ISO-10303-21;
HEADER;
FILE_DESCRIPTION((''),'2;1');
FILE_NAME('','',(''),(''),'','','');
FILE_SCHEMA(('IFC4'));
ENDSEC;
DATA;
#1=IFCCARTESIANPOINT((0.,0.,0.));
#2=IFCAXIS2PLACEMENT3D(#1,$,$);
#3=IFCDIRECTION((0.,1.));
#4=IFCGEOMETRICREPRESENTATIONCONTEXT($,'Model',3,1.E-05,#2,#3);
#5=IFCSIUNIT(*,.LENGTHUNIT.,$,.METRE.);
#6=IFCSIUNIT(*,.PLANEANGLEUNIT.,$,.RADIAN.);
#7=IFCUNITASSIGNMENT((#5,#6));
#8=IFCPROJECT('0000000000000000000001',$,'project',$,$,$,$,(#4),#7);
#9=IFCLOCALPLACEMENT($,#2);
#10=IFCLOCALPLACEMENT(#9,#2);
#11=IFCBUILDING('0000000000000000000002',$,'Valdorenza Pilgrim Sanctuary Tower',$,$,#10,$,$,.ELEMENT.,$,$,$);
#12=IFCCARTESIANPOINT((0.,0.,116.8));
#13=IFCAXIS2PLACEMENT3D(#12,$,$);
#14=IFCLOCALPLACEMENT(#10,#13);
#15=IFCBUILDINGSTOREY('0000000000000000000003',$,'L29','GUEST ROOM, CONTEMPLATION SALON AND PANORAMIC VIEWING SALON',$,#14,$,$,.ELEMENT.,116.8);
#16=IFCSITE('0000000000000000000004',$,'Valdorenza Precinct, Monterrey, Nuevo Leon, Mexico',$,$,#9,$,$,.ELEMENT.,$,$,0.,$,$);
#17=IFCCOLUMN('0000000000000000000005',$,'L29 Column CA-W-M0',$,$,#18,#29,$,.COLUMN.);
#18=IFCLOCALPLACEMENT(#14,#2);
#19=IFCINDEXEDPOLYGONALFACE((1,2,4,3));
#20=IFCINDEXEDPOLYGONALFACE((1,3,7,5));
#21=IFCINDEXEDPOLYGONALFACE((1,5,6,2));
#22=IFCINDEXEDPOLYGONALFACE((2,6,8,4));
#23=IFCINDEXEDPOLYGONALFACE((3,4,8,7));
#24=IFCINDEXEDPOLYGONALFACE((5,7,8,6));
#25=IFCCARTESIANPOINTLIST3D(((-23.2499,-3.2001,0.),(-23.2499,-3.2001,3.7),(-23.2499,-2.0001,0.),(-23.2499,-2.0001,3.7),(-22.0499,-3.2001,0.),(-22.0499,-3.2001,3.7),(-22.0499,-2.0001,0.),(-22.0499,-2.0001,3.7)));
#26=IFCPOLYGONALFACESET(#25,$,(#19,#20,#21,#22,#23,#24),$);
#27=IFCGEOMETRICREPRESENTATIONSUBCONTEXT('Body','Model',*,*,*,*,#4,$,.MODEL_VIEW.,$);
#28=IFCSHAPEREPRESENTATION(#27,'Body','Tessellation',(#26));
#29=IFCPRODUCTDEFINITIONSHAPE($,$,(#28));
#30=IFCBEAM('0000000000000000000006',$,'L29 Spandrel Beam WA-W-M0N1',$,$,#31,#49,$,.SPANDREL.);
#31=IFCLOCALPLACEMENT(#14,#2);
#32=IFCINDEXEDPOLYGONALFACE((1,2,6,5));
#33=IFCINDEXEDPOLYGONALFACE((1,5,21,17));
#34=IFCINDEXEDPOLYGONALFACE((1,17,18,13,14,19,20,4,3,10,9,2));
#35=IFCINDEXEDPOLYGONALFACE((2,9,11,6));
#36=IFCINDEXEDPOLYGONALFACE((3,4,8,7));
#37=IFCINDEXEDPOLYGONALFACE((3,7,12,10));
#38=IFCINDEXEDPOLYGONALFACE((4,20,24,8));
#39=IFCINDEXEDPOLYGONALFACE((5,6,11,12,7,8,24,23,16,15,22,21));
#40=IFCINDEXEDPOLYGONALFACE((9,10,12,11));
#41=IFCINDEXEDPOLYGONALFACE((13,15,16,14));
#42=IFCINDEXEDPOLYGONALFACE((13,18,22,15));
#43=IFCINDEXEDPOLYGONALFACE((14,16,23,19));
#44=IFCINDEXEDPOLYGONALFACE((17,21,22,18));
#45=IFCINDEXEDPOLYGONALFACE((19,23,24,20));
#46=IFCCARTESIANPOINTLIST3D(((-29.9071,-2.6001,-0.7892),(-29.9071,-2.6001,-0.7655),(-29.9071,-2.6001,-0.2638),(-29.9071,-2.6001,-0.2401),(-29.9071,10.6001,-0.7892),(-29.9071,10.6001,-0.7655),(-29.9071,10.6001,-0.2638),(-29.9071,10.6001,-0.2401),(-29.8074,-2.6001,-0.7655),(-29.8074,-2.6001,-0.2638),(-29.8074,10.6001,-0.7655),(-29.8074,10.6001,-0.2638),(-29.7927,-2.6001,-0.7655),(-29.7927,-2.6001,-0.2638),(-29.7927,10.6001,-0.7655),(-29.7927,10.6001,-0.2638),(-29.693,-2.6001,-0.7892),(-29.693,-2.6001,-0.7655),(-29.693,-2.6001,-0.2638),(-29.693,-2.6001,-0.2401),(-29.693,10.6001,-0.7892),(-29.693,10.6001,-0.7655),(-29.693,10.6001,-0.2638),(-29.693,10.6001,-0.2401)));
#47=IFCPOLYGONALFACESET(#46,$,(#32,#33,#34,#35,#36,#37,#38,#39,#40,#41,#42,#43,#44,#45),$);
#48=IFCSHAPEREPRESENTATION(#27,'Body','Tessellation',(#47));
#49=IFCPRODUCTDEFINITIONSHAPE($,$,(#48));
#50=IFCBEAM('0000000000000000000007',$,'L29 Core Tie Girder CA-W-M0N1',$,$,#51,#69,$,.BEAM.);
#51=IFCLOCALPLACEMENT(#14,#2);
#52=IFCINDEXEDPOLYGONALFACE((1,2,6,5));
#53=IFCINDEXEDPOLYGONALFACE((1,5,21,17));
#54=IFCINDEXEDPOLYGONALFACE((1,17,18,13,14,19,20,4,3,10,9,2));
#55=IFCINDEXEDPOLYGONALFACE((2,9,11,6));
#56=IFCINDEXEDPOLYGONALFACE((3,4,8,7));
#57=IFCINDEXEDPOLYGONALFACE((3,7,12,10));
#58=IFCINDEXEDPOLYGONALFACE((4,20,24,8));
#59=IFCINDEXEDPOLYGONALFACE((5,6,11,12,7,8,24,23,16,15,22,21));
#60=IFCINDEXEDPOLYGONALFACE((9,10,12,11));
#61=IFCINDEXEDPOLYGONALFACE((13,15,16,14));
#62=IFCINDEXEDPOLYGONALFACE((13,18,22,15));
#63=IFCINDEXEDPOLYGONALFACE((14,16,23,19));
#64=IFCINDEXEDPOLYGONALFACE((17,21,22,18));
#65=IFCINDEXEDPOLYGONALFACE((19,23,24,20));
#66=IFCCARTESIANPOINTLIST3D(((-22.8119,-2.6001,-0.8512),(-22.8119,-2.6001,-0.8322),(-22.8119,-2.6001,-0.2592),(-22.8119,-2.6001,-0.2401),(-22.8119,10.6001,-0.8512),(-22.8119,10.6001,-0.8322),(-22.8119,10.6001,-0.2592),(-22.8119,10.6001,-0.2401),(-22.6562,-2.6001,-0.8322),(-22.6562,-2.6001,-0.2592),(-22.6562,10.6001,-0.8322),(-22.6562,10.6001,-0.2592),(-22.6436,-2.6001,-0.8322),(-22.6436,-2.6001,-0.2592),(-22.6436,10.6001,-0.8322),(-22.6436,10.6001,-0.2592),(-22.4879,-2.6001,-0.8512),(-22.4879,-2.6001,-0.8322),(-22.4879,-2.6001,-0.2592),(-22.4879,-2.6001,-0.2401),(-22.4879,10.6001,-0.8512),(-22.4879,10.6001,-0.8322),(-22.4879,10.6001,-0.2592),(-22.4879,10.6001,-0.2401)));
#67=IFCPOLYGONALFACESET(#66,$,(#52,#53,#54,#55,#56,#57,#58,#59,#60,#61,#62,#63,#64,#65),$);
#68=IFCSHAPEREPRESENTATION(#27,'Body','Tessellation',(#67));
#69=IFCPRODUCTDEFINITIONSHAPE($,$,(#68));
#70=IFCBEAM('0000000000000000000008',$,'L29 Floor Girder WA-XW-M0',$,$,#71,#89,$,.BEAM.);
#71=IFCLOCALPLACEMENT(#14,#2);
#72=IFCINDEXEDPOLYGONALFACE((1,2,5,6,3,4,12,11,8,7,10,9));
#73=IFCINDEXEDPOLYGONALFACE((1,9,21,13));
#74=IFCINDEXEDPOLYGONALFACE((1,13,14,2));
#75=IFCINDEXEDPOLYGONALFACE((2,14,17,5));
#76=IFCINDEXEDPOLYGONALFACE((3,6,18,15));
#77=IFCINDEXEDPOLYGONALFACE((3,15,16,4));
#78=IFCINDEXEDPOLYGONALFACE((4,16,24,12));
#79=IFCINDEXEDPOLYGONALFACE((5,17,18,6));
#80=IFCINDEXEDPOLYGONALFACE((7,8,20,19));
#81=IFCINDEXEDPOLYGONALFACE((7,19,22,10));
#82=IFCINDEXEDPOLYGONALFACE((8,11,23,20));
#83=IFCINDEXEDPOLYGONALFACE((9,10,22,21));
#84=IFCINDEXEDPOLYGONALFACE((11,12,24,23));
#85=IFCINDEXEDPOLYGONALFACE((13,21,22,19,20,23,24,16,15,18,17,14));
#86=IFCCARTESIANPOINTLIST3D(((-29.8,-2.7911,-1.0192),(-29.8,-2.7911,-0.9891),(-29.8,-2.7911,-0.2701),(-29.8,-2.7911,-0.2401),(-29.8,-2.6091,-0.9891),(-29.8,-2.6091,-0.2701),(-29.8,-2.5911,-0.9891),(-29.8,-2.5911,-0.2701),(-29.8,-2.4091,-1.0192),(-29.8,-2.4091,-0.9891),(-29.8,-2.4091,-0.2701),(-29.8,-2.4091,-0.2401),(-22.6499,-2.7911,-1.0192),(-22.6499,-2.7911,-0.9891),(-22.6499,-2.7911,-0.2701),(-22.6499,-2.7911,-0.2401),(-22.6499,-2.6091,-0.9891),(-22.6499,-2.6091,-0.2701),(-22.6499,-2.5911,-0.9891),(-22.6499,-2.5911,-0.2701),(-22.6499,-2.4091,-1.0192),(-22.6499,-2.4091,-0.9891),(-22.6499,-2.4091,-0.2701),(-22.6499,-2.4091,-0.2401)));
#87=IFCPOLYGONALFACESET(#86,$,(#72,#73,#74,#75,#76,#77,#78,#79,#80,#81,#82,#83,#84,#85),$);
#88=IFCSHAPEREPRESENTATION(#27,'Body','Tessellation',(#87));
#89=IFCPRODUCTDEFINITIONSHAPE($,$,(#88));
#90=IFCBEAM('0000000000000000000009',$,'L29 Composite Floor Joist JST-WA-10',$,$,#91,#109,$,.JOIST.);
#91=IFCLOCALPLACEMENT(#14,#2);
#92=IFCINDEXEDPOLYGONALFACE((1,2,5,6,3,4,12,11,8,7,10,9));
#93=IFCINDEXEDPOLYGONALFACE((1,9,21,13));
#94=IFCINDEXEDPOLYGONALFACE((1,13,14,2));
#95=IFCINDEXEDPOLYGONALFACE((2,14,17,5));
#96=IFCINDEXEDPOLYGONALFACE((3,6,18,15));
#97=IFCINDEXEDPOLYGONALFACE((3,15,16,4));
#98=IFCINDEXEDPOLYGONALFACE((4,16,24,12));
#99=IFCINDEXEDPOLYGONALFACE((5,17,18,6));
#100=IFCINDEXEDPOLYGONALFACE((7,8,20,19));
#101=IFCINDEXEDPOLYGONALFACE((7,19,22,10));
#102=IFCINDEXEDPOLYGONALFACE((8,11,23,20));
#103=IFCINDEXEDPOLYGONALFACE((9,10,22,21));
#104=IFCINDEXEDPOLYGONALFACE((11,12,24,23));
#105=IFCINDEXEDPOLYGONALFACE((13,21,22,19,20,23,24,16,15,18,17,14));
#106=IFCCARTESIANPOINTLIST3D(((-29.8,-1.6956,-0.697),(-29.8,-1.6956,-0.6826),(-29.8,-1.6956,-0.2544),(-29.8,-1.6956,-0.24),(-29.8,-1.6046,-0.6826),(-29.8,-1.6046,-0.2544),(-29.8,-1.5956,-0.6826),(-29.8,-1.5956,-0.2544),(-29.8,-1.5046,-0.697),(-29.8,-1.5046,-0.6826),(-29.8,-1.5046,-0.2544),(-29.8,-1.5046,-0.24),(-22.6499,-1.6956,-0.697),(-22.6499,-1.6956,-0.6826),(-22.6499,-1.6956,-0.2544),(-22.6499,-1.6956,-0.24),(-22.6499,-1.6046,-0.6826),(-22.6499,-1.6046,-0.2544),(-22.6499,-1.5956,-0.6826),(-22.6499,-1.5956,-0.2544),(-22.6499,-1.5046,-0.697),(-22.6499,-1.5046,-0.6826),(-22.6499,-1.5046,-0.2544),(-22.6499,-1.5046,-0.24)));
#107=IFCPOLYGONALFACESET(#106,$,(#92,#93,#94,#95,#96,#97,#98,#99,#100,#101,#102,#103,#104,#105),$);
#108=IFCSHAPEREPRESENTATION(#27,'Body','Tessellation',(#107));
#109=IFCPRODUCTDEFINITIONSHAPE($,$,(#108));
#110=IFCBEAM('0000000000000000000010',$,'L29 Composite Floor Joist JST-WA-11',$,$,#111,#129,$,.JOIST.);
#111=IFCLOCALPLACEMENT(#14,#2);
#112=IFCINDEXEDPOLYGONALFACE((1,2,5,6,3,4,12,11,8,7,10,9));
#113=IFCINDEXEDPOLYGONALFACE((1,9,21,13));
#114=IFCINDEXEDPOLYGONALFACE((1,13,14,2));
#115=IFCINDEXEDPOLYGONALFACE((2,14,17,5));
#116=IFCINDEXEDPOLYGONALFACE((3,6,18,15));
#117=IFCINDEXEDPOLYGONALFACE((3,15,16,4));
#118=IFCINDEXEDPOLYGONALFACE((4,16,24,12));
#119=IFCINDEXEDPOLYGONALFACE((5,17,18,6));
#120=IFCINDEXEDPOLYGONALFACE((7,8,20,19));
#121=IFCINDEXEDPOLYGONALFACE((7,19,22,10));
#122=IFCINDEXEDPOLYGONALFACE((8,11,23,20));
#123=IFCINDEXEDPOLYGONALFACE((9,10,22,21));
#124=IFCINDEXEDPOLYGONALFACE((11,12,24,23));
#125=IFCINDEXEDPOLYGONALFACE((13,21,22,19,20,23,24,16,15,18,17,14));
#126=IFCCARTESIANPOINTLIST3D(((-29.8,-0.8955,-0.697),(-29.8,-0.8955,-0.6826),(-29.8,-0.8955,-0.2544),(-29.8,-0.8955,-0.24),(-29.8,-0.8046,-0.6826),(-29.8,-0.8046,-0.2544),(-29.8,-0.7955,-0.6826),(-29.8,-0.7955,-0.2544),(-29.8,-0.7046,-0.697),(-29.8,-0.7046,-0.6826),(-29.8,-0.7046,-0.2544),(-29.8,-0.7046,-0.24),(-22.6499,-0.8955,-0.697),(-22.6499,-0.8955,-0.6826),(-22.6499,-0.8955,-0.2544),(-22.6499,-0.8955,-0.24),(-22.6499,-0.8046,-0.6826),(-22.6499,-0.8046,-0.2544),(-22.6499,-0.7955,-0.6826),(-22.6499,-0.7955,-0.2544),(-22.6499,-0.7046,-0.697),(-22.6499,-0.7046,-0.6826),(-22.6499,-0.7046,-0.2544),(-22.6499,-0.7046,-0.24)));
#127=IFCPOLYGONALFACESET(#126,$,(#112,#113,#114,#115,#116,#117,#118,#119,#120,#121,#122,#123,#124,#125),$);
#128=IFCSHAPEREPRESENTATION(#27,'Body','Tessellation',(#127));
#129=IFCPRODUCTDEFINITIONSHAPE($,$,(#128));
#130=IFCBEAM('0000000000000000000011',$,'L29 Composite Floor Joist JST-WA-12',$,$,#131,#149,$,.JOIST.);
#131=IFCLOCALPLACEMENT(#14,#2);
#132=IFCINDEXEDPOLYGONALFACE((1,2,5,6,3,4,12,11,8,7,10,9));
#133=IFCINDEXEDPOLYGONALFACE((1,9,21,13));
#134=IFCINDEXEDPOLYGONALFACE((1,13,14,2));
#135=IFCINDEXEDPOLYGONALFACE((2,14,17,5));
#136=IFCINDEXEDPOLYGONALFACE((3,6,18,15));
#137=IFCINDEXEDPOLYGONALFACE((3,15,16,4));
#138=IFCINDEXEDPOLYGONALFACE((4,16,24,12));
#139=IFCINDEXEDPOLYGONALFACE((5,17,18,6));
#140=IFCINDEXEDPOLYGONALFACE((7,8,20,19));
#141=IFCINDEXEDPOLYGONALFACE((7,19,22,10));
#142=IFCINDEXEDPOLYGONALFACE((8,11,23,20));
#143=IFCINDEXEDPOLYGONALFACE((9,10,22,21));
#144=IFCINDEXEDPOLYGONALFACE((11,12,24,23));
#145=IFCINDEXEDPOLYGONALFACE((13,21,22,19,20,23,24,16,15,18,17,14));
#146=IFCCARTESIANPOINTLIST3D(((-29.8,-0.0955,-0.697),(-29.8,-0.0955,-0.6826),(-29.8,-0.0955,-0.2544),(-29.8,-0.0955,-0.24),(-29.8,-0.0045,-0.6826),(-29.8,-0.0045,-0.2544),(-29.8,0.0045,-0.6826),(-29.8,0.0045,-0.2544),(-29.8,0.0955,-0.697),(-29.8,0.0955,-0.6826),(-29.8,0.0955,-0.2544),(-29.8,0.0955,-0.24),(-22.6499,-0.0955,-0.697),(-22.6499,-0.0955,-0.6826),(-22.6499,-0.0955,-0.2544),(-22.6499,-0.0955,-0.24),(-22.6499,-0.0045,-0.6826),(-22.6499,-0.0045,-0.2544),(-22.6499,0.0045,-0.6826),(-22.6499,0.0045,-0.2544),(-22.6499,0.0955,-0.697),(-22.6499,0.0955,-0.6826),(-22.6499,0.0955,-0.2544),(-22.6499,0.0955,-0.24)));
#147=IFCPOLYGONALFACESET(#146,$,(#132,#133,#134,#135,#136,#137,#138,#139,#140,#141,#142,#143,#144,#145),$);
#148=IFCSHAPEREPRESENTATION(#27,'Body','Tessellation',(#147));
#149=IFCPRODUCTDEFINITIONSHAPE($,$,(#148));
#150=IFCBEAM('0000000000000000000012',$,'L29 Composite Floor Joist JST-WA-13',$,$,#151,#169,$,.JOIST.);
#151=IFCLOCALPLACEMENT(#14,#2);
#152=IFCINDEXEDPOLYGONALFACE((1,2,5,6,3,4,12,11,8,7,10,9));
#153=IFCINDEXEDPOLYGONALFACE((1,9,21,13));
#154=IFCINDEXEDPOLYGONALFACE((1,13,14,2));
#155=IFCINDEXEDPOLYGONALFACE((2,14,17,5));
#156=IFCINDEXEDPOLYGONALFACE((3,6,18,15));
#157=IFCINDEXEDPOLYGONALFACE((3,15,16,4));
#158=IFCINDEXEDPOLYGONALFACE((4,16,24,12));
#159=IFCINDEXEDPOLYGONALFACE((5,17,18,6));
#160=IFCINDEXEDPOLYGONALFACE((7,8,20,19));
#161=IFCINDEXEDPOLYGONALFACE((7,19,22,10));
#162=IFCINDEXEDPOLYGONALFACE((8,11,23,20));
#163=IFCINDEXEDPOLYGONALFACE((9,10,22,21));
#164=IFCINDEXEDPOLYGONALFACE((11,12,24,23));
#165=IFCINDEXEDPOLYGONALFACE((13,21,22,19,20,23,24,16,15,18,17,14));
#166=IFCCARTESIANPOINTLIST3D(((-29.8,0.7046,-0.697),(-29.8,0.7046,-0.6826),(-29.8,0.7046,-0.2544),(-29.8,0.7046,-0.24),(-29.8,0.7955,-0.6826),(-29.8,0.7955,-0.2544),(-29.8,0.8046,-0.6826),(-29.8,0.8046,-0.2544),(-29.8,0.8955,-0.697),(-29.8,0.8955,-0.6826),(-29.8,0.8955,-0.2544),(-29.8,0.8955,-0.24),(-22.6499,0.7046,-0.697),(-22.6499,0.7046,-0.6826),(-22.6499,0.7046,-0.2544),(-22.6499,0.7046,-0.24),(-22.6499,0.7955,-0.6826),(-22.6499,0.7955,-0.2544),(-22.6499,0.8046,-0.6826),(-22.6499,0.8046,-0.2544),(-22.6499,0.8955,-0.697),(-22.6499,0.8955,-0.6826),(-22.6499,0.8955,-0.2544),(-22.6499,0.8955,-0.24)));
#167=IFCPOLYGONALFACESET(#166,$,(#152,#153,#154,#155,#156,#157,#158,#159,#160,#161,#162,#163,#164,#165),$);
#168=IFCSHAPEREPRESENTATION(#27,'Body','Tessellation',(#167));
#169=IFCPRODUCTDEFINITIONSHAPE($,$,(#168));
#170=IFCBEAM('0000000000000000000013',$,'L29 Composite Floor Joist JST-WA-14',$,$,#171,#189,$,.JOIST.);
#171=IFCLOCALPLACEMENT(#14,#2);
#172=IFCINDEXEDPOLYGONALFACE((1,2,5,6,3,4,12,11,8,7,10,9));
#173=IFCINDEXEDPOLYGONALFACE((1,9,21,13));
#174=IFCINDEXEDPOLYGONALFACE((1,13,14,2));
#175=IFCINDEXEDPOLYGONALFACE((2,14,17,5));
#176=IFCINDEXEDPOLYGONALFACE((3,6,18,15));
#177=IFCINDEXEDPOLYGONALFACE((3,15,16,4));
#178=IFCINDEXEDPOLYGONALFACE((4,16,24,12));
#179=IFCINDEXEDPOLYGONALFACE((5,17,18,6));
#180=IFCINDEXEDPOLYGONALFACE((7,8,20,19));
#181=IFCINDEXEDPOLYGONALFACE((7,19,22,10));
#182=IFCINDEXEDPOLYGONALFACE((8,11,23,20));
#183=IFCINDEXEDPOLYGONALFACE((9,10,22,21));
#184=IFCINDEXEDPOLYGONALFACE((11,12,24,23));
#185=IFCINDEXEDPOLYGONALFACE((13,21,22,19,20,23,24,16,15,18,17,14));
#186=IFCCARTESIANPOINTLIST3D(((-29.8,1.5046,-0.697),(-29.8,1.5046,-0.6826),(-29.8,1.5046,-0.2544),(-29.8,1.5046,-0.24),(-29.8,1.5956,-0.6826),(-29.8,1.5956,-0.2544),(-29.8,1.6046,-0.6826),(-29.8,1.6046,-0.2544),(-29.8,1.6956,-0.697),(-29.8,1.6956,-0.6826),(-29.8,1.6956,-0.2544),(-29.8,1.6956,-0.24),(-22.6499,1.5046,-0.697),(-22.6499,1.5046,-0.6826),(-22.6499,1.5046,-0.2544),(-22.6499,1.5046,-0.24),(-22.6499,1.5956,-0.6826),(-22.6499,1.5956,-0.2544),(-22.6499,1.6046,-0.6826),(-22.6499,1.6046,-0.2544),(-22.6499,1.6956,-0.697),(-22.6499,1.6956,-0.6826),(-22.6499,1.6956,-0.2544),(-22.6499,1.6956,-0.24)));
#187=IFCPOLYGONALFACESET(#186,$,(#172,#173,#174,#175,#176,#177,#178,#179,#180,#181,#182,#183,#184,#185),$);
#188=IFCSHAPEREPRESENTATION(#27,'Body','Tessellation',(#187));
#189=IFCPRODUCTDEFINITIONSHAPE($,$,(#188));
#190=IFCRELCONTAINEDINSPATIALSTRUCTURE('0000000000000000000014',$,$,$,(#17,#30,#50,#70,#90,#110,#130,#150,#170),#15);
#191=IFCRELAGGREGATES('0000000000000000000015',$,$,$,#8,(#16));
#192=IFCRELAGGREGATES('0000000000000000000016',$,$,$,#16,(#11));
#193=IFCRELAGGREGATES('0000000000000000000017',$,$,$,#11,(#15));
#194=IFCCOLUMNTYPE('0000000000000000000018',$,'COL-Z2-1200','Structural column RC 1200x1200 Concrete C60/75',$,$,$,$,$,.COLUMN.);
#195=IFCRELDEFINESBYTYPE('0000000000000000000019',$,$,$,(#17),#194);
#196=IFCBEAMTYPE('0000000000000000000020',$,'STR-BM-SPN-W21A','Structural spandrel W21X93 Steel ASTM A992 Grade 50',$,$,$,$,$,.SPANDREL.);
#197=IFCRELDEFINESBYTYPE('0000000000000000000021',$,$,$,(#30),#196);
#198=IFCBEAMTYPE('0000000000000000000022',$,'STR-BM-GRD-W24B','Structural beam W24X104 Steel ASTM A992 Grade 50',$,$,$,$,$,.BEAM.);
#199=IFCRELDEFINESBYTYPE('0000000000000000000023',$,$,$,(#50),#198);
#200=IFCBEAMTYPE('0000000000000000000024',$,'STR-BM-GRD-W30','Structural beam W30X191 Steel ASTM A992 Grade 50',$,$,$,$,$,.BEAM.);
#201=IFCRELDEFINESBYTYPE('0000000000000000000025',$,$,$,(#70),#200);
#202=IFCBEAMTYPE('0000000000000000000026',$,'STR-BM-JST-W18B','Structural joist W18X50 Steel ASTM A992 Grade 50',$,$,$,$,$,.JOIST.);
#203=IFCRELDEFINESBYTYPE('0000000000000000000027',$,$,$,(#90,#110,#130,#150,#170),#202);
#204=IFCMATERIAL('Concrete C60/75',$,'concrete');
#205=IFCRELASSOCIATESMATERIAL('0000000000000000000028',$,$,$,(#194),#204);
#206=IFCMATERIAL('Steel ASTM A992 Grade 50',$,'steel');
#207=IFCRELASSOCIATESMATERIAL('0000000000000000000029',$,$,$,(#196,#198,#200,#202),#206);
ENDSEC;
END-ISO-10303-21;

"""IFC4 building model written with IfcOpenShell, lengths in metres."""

from ifc_helpers import new_model, si_unit, direction, frame, origin, origin_2d, place, context, subcontext, project, spatial, rectangle, i_section, extrude, source, transform, mapped, material, material_profile, profile_set, type_object, element, save


model = new_model("IFC4")

# Units and contexts
model_context = context("Model", 3, precision=1e-05, world=origin(), true_north=direction((0.0, 1.0)))
body_context = subcontext(model_context, "Body", "Model", "MODEL_VIEW")
ifc_project = project(units=[si_unit("LENGTHUNIT", "METRE"), si_unit("PLANEANGLEUNIT", "RADIAN")], contexts=[model_context])

# Site, building, storey
site_placement = place(None, origin())
site = spatial("IfcSite", under=ifc_project, at=site_placement, Name="Valdorenza Precinct, Monterrey, Nuevo Leon, Mexico", CompositionType="ELEMENT", RefElevation=0.0)
building_placement = place(site_placement, origin())
building = spatial("IfcBuilding", under=site, at=building_placement, Name="Valdorenza Pilgrim Sanctuary Tower", CompositionType="ELEMENT")
storey_placement = place(building_placement, frame((0.0, 0.0, 116.8)))
storey = spatial("IfcBuildingStorey", under=building, at=storey_placement, Name="L29", Description="GUEST ROOM, CONTEMPLATION SALON AND PANORAMIC VIEWING SALON", CompositionType="ELEMENT", Elevation=116.8)

# Column
ifc_material_1 = material(Name="Concrete C60/75", Category="concrete")
ifc_material_profile_1 = material_profile(ifc_material_1, rectangle(XDim=1.2, YDim=1.2, at=origin_2d()), Name="RC 1200x1200")
ifc_profile_set_1 = profile_set([ifc_material_profile_1], Name="Concrete C60/75")
column_type = type_object("IfcColumnType", Name="COL-Z2-1200", Description="Structural column RC 1200x1200 Concrete C60/75", PredefinedType="COLUMN", material=ifc_profile_set_1)
shared_shape_1 = source(origin(), body_context, "Body", "SweptSolid", [
    extrude(rectangle(XDim=1.2, YDim=1.2, at=origin_2d()), origin(), (0.0, 0.0, 1.0), 3.7),
])
column_placement = place(storey_placement, frame((-22.6499, -2.6001, 0.0), z_axis=(0.0, 0.0, 1.0), x_axis=(1.0, 0.0, 0.0)))
element("IfcColumn", 1, at=column_placement, inside=storey, type_object=column_type, Name="L29 Column CA-W-M0", PredefinedType="COLUMN", context=body_context, shape_type="MappedRepresentation", body=[
    mapped(shared_shape_1, transform((0.0, 0.0, 0.0), x_axis=(1.0, 0.0, 0.0), y_axis=(0.0, 1.0, 0.0), z_axis=(0.0, 0.0, 1.0), scale=1.0)),
])

# Beams
ifc_material_2 = material(Name="Steel ASTM A992 Grade 50", Category="steel")
ifc_material_profile_2 = material_profile(ifc_material_2, i_section(OverallWidth=0.2141, OverallDepth=0.5491, WebThickness=0.0146, FlangeThickness=0.0237, at=origin_2d()), Name="W21X93")
ifc_profile_set_2 = profile_set([ifc_material_profile_2], Name="Steel ASTM A992 Grade 50")
beam_type_1 = type_object("IfcBeamType", Name="STR-BM-SPN-W21A", Description="Structural spandrel W21X93 Steel ASTM A992 Grade 50", PredefinedType="SPANDREL", material=ifc_profile_set_2)
shared_shape_2 = source(origin(), body_context, "Body", "SweptSolid", [
    extrude(i_section(OverallWidth=0.2141, OverallDepth=0.5491, WebThickness=0.0146, FlangeThickness=0.0237, at=origin_2d()), origin(), (0.0, 0.0, 1.0), 13.2002),
])
beam_1_placement = place(storey_placement, frame((-29.8, -2.6001, -0.5146), z_axis=(0.0, 1.0, 0.0), x_axis=(-1.0, 0.0, 0.0)))
element("IfcBeam", 2, at=beam_1_placement, inside=storey, type_object=beam_type_1, Name="L29 Spandrel Beam WA-W-M0N1", PredefinedType="SPANDREL", context=body_context, shape_type="MappedRepresentation", body=[
    mapped(shared_shape_2, transform((0.0, 0.0, 0.0), x_axis=(1.0, 0.0, 0.0), y_axis=(0.0, 1.0, 0.0), z_axis=(0.0, 0.0, 1.0), scale=1.0)),
])
ifc_material_profile_3 = material_profile(ifc_material_2, i_section(OverallWidth=0.324, OverallDepth=0.6111, WebThickness=0.0127, FlangeThickness=0.019, at=origin_2d()), Name="W24X104")
ifc_profile_set_3 = profile_set([ifc_material_profile_3], Name="Steel ASTM A992 Grade 50")
beam_type_2 = type_object("IfcBeamType", Name="STR-BM-GRD-W24B", Description="Structural beam W24X104 Steel ASTM A992 Grade 50", PredefinedType="BEAM", material=ifc_profile_set_3)
shared_shape_3 = source(origin(), body_context, "Body", "SweptSolid", [
    extrude(i_section(OverallWidth=0.324, OverallDepth=0.6111, WebThickness=0.0127, FlangeThickness=0.019, at=origin_2d()), origin(), (0.0, 0.0, 1.0), 13.2002),
])
beam_2_placement = place(storey_placement, frame((-22.6499, -2.6001, -0.5457), z_axis=(0.0, 1.0, 0.0), x_axis=(-1.0, 0.0, 0.0)))
element("IfcBeam", 3, at=beam_2_placement, inside=storey, type_object=beam_type_2, Name="L29 Core Tie Girder CA-W-M0N1", PredefinedType="BEAM", context=body_context, shape_type="MappedRepresentation", body=[
    mapped(shared_shape_3, transform((0.0, 0.0, 0.0), x_axis=(1.0, 0.0, 0.0), y_axis=(0.0, 1.0, 0.0), z_axis=(0.0, 0.0, 1.0), scale=1.0)),
])
ifc_material_profile_4 = material_profile(ifc_material_2, i_section(OverallWidth=0.3821, OverallDepth=0.7791, WebThickness=0.0181, FlangeThickness=0.03, at=origin_2d()), Name="W30X191")
ifc_profile_set_4 = profile_set([ifc_material_profile_4], Name="Steel ASTM A992 Grade 50")
beam_type_3 = type_object("IfcBeamType", Name="STR-BM-GRD-W30", Description="Structural beam W30X191 Steel ASTM A992 Grade 50", PredefinedType="BEAM", material=ifc_profile_set_4)
shared_shape_4 = source(origin(), body_context, "Body", "SweptSolid", [
    extrude(i_section(OverallWidth=0.3821, OverallDepth=0.7791, WebThickness=0.0181, FlangeThickness=0.03, at=origin_2d()), origin(), (0.0, 0.0, 1.0), 7.1501),
])
beam_3_placement = place(storey_placement, frame((-29.8, -2.6001, -0.6296), z_axis=(1.0, 0.0, 0.0), x_axis=(0.0, 1.0, 0.0)))
element("IfcBeam", 4, at=beam_3_placement, inside=storey, type_object=beam_type_3, Name="L29 Floor Girder WA-XW-M0", PredefinedType="BEAM", context=body_context, shape_type="MappedRepresentation", body=[
    mapped(shared_shape_4, transform((0.0, 0.0, 0.0), x_axis=(1.0, 0.0, 0.0), y_axis=(0.0, 1.0, 0.0), z_axis=(0.0, 0.0, 1.0), scale=1.0)),
])
ifc_material_profile_5 = material_profile(ifc_material_2, i_section(OverallWidth=0.1909, OverallDepth=0.457, WebThickness=0.009, FlangeThickness=0.0144, at=origin_2d()), Name="W18X50")
ifc_profile_set_5 = profile_set([ifc_material_profile_5], Name="Steel ASTM A992 Grade 50")
beam_type_4 = type_object("IfcBeamType", Name="STR-BM-JST-W18B", Description="Structural joist W18X50 Steel ASTM A992 Grade 50", PredefinedType="JOIST", material=ifc_profile_set_5)
shared_shape_5 = source(origin(), body_context, "Body", "SweptSolid", [
    extrude(i_section(OverallWidth=0.1909, OverallDepth=0.457, WebThickness=0.009, FlangeThickness=0.0144, at=origin_2d()), origin(), (0.0, 0.0, 1.0), 7.1501),
])
for number, where, z_axis, x_axis, name in (
    (5, (-29.8, -1.6001, -0.4685), (1.0, 0.0, 0.0), (0.0, 1.0, 0.0), "L29 Composite Floor Joist JST-WA-10"),
    (6, (-29.8, -0.8, -0.4685), (1.0, 0.0, 0.0), (0.0, 1.0, 0.0), "L29 Composite Floor Joist JST-WA-11"),
    (7, (-29.8, 0.0, -0.4685), (1.0, 0.0, 0.0), (0.0, 1.0, 0.0), "L29 Composite Floor Joist JST-WA-12"),
    (8, (-29.8, 0.8, -0.4685), (1.0, 0.0, 0.0), (0.0, 1.0, 0.0), "L29 Composite Floor Joist JST-WA-13"),
    (9, (-29.8, 1.6001, -0.4685), (1.0, 0.0, 0.0), (0.0, 1.0, 0.0), "L29 Composite Floor Joist JST-WA-14"),
):
    element("IfcBeam", number, at=place(storey_placement, frame(where, z_axis=z_axis, x_axis=x_axis)), inside=storey, type_object=beam_type_4, Name=name, PredefinedType="JOIST", context=body_context, shape_type="MappedRepresentation", body=[
        mapped(shared_shape_5, transform((0.0, 0.0, 0.0), x_axis=(1.0, 0.0, 0.0), y_axis=(0.0, 1.0, 0.0), z_axis=(0.0, 0.0, 1.0), scale=1.0)),
    ])

save(model, "model.ifc")
